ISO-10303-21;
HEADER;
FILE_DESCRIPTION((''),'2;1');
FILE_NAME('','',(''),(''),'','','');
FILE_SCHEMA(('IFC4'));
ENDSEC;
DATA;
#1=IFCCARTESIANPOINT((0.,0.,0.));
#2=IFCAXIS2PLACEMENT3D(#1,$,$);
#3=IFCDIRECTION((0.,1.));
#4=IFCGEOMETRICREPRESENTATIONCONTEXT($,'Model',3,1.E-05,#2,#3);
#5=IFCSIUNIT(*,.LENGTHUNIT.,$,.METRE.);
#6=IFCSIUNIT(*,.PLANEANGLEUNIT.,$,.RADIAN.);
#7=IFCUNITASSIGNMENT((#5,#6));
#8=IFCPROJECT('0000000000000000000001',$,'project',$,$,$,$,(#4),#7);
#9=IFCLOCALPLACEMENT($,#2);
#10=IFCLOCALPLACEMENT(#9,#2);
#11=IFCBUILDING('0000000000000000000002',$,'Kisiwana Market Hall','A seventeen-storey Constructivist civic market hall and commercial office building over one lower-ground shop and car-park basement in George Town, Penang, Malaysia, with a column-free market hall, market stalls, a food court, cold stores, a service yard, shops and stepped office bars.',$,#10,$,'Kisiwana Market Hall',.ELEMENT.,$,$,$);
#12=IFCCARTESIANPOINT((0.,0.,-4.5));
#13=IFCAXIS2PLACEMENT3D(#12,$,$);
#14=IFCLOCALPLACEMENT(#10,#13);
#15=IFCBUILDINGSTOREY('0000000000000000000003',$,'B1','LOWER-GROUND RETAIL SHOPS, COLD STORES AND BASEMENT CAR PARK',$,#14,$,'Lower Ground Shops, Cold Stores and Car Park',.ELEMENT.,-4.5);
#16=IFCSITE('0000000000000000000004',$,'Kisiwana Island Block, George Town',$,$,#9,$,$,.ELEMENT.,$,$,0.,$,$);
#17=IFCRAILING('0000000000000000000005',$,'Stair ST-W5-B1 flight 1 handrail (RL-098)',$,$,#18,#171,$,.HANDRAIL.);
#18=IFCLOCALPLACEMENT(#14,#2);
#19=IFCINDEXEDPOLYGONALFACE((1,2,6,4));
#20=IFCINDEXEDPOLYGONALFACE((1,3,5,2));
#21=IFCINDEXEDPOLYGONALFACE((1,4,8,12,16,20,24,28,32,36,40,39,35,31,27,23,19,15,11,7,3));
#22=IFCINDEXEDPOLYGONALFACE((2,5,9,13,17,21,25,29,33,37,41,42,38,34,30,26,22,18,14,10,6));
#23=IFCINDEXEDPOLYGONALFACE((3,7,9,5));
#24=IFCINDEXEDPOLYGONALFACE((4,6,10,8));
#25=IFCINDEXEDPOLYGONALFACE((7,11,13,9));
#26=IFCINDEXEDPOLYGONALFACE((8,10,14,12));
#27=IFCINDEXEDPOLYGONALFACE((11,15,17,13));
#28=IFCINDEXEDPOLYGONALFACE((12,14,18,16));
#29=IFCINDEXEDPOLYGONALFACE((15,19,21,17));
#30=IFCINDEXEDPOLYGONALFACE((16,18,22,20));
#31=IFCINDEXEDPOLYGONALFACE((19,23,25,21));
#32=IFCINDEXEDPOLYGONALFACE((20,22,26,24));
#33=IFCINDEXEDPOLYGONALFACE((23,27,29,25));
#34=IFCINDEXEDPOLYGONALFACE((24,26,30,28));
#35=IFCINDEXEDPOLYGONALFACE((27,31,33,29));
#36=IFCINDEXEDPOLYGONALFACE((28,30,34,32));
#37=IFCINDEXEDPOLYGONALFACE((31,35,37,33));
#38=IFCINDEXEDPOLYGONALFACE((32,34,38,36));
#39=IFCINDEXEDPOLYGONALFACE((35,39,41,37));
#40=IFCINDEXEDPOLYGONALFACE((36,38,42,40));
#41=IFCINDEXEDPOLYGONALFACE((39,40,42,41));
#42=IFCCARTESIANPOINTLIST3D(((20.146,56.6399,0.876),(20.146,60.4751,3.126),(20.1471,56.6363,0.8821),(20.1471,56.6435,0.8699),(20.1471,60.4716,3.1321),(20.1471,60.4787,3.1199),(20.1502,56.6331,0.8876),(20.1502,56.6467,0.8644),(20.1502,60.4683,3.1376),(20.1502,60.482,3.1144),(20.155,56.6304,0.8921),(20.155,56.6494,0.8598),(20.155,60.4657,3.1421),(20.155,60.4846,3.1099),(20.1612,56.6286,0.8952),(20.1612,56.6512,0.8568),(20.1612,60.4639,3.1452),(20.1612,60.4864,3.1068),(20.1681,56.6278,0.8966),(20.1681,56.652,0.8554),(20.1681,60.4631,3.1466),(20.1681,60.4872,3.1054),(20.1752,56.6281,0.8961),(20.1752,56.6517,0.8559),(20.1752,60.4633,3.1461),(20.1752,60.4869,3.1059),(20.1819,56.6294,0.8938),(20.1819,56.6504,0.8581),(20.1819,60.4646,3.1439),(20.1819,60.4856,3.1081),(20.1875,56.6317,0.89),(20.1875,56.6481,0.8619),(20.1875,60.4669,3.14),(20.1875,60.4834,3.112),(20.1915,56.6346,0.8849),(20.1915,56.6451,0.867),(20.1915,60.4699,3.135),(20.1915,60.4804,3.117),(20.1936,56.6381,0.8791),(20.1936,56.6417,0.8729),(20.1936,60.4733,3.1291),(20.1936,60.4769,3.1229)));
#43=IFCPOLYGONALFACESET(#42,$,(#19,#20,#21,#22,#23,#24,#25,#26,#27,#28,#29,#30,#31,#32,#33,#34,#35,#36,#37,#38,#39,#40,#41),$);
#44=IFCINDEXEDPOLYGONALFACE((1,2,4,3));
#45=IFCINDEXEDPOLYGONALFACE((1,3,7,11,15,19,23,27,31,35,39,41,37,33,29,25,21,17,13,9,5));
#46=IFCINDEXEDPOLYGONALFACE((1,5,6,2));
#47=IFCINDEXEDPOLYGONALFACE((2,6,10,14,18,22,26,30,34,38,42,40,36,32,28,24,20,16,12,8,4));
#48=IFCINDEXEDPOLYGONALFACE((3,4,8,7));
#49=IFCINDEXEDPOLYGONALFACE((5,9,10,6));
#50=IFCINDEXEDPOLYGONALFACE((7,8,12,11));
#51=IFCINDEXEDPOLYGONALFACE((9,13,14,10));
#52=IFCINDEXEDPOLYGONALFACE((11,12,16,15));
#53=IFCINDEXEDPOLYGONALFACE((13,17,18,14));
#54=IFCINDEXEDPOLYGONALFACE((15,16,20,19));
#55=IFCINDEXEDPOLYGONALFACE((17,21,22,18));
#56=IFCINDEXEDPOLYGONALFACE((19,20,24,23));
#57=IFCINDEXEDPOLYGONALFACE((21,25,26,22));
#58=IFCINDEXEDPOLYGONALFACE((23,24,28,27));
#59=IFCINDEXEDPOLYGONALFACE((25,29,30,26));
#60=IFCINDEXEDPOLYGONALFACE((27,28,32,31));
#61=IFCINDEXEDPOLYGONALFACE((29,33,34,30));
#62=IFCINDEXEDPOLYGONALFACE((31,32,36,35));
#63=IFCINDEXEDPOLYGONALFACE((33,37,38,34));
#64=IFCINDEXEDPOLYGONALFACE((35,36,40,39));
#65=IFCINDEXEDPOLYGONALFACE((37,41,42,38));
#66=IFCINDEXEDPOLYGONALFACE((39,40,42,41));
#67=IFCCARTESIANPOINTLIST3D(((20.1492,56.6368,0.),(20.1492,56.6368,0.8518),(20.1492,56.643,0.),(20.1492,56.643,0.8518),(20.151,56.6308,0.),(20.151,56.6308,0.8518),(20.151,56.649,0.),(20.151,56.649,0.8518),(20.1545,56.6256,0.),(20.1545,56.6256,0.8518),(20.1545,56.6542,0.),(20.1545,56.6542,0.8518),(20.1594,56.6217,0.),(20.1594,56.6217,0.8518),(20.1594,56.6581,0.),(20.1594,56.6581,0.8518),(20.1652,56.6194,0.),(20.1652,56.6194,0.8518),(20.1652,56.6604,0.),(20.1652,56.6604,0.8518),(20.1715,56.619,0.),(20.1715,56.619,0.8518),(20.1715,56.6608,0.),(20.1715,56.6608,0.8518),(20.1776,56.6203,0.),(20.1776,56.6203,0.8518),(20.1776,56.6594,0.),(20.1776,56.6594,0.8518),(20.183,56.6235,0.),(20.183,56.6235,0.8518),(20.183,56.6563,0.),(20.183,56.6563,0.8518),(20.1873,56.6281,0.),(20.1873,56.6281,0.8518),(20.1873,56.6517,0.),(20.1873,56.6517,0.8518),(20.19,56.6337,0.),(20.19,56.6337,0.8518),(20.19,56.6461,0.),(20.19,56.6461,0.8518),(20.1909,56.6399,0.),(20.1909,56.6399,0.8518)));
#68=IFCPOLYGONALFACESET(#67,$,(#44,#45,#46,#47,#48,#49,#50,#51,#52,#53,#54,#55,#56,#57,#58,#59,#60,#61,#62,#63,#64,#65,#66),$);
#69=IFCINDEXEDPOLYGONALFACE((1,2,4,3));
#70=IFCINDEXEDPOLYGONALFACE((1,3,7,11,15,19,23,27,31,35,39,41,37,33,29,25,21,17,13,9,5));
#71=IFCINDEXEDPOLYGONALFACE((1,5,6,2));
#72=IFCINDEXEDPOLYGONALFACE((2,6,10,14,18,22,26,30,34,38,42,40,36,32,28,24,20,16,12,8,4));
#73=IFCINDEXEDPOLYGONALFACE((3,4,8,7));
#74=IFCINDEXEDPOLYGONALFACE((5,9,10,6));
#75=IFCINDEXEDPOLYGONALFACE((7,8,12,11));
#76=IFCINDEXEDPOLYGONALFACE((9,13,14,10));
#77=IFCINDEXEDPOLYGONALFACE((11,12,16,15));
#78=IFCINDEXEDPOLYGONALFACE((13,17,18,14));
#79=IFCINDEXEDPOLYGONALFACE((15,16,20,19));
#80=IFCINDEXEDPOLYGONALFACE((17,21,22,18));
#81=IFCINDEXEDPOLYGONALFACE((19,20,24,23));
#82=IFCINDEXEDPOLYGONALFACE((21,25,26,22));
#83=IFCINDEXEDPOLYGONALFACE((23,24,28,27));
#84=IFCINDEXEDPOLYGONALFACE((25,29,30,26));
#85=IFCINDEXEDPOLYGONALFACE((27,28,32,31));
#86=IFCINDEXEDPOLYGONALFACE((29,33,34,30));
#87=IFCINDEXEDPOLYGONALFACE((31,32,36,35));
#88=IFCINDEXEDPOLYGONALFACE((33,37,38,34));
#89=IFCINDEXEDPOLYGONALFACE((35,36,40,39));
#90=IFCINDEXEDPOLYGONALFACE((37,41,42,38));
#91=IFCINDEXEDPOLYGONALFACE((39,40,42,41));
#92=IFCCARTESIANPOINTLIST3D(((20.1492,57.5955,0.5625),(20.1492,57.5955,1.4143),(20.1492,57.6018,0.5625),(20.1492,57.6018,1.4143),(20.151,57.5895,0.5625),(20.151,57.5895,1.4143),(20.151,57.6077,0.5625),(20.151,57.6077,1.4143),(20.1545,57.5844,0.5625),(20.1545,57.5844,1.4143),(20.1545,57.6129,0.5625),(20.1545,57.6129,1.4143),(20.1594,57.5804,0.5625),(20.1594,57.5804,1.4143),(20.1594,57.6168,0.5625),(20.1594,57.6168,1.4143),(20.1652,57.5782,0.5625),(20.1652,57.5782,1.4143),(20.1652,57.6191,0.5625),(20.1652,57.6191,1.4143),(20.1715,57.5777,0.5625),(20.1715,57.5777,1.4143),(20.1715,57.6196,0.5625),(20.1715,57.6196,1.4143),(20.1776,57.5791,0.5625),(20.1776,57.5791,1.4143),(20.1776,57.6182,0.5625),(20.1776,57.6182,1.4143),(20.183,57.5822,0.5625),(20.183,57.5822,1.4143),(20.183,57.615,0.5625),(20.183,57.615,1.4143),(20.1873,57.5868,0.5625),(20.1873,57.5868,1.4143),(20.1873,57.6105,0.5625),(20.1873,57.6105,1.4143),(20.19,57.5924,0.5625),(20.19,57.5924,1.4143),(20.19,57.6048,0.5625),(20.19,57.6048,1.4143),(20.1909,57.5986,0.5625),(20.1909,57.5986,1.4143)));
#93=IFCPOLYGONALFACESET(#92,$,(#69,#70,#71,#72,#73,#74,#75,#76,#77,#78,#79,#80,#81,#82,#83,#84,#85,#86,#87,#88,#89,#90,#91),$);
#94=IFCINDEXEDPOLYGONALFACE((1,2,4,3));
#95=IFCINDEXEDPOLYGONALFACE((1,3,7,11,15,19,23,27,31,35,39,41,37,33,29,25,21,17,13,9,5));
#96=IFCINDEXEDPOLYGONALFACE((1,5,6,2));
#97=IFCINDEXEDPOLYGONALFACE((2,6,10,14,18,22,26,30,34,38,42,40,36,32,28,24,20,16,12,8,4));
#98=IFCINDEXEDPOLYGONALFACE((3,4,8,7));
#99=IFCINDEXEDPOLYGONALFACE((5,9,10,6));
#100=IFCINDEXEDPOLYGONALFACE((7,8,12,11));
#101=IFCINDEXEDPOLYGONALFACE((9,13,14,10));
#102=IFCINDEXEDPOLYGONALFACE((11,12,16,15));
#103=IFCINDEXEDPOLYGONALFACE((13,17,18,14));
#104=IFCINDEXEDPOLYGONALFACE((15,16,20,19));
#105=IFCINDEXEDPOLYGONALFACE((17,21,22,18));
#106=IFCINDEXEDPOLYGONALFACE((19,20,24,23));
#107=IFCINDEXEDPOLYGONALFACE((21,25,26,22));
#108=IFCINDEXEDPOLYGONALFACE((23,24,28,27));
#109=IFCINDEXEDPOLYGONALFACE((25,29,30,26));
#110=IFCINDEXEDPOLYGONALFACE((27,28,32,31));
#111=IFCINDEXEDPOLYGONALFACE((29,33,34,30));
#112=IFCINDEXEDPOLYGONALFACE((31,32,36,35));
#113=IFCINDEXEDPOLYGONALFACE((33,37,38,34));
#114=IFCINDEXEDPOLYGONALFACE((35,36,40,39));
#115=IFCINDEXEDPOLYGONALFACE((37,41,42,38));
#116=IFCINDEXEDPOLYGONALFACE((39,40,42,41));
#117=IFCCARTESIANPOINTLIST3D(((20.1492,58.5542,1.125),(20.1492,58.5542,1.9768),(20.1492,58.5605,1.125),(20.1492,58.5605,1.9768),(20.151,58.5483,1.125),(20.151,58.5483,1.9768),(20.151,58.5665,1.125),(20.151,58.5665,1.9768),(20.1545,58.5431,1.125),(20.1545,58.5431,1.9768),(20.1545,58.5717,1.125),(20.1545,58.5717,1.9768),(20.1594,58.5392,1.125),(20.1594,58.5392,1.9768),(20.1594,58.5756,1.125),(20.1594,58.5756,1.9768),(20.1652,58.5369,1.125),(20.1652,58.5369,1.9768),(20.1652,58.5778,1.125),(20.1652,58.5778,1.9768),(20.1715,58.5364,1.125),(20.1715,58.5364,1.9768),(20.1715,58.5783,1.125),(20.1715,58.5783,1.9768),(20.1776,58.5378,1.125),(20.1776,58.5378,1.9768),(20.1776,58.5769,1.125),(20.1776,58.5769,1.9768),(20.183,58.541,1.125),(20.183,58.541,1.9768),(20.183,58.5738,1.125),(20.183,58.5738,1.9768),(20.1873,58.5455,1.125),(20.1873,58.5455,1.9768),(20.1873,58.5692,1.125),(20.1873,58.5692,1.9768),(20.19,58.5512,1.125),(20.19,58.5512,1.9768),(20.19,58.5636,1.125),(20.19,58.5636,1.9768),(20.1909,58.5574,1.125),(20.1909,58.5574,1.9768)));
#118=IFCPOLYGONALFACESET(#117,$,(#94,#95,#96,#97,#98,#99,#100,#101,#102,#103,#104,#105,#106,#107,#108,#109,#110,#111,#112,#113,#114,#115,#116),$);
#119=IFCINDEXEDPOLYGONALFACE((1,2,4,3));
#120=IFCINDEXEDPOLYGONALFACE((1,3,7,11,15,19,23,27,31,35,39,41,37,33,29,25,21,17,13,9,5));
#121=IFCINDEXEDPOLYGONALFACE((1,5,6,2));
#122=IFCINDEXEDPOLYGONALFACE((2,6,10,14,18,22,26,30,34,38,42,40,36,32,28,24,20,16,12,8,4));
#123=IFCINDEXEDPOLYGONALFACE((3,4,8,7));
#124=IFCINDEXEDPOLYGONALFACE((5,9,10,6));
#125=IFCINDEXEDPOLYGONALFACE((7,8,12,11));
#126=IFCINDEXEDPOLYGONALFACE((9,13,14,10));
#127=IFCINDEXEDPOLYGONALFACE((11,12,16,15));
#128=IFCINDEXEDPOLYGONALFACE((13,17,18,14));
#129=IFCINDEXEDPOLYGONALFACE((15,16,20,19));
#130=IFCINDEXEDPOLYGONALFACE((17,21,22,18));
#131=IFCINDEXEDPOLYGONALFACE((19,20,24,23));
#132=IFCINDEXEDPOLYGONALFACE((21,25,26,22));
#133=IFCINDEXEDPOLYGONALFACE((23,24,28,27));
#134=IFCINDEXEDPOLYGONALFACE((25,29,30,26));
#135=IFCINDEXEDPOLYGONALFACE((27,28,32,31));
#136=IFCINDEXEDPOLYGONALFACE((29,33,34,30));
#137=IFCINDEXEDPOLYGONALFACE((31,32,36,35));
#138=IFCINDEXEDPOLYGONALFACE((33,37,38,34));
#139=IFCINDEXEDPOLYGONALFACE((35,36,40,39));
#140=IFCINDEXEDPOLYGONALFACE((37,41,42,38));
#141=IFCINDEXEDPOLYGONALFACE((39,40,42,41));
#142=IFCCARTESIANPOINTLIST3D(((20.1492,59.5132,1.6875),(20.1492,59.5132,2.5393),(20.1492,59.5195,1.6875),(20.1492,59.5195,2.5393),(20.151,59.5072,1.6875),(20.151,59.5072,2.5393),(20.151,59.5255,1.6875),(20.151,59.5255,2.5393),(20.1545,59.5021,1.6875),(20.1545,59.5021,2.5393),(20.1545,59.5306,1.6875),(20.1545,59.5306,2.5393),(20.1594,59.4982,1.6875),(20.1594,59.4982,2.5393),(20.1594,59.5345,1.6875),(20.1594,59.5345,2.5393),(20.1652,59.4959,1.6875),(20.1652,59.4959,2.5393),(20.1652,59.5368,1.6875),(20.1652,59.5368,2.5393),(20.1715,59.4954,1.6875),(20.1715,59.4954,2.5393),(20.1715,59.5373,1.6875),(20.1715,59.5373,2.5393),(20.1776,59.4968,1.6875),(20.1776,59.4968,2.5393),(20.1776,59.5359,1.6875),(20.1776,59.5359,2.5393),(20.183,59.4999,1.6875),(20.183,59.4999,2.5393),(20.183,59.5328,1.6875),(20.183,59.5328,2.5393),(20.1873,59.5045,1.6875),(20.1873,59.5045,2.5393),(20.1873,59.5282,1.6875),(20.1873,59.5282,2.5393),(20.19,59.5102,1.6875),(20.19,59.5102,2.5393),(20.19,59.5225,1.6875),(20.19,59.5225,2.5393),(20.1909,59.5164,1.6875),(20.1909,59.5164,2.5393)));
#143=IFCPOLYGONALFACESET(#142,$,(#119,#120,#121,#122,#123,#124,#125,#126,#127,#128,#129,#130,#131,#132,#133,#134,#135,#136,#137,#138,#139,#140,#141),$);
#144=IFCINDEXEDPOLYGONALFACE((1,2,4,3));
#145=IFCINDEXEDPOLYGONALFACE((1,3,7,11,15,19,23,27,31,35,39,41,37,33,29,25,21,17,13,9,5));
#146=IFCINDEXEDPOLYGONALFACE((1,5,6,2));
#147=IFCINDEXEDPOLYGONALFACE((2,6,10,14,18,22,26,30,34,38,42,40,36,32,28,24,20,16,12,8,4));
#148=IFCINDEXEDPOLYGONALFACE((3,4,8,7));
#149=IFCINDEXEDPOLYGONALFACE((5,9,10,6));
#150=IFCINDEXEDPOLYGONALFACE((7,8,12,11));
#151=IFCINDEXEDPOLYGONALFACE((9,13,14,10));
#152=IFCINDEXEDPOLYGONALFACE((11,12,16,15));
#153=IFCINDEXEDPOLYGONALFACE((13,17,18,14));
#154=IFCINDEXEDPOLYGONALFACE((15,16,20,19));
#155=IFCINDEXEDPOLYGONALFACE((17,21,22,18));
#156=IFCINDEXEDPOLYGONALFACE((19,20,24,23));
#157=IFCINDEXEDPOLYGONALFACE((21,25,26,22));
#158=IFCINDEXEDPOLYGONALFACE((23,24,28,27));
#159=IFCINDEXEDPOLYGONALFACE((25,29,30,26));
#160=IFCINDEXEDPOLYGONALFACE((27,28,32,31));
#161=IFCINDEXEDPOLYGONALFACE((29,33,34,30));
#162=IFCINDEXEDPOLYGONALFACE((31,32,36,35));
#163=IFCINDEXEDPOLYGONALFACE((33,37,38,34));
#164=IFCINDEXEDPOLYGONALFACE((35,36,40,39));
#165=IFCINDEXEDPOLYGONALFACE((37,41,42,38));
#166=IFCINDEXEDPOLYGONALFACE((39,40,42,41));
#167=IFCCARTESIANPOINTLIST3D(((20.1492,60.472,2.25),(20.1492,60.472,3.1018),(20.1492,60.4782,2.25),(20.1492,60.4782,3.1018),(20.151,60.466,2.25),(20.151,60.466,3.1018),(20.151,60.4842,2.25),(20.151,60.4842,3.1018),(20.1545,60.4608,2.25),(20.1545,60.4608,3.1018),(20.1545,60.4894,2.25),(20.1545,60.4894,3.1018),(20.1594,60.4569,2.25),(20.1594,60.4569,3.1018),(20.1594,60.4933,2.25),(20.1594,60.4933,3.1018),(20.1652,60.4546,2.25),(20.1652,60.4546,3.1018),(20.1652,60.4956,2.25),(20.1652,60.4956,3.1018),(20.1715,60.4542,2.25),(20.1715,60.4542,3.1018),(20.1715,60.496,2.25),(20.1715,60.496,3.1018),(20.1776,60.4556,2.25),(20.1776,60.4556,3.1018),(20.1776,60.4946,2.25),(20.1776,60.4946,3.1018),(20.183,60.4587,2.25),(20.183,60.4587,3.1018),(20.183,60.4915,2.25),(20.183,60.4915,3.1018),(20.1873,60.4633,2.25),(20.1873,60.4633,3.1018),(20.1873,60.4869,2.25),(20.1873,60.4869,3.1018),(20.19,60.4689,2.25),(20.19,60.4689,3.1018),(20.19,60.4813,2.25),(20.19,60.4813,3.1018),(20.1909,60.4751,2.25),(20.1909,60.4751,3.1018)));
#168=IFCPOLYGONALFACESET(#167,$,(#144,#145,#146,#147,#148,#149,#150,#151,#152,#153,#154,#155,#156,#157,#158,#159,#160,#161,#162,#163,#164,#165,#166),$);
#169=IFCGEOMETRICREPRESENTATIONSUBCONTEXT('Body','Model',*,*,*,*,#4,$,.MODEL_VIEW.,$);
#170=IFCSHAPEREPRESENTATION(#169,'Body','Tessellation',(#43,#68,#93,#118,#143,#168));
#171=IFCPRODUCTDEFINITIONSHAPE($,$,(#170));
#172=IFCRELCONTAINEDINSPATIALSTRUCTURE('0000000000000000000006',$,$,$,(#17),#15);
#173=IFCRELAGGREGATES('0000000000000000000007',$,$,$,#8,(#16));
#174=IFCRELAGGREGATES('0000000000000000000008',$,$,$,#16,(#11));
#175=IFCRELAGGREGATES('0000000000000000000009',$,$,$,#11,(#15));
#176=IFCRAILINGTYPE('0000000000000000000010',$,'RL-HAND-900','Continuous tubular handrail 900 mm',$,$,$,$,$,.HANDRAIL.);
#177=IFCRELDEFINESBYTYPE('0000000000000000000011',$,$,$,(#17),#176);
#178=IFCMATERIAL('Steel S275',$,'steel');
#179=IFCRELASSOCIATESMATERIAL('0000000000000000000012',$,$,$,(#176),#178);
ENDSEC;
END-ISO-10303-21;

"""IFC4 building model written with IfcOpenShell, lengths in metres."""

from ifc_helpers import new_model, si_unit, direction, frame, origin, origin_2d, place, context, subcontext, project, spatial, circle, extrude, material, type_object, element, save


model = new_model("IFC4")

# Units and contexts
model_context = context("Model", 3, precision=1e-05, world=origin(), true_north=direction((0.0, 1.0)))
body_context = subcontext(model_context, "Body", "Model", "MODEL_VIEW")
ifc_project = project(units=[si_unit("LENGTHUNIT", "METRE"), si_unit("PLANEANGLEUNIT", "RADIAN")], contexts=[model_context])

# Site, building, storey
site_placement = place(None, origin())
site = spatial("IfcSite", under=ifc_project, at=site_placement, Name="Kisiwana Island Block, George Town", CompositionType="ELEMENT", RefElevation=0.0)
building_placement = place(site_placement, origin())
building = spatial("IfcBuilding", under=site, at=building_placement, Name="Kisiwana Market Hall", Description="A seventeen-storey Constructivist civic market hall and commercial office building over one lower-ground shop and car-park basement in George Town, Penang, Malaysia, with a column-free market hall, market stalls, a food court, cold stores, a service yard, shops and stepped office bars.", LongName="Kisiwana Market Hall", CompositionType="ELEMENT")
storey_placement = place(building_placement, frame((0.0, 0.0, -4.5)))
storey = spatial("IfcBuildingStorey", under=building, at=storey_placement, Name="B1", Description="LOWER-GROUND RETAIL SHOPS, COLD STORES AND BASEMENT CAR PARK", LongName="Lower Ground Shops, Cold Stores and Car Park", CompositionType="ELEMENT", Elevation=-4.5)

# Railing
ifc_material_1 = material(Name="Steel S275", Category="steel")
railing_type = type_object("IfcRailingType", Name="RL-HAND-900", Description="Continuous tubular handrail 900 mm", PredefinedType="HANDRAIL", material=ifc_material_1)
for number, where, name in (
    (1, (20.1699, 56.6399, 0.0), "Stair ST-W5-B1 flight 1 handrail (RL-098)"),
):
    element("IfcRailing", number, at=place(storey_placement, frame(where)), inside=storey, type_object=railing_type, Name=name, PredefinedType="HANDRAIL", context=body_context, shape_type="SweptSolid", body=[
        extrude(circle(Radius=0.0239, at=origin_2d()), frame((0.0, 0.0, 0.876), z_axis=(0.0, 0.862524, 0.506017), x_axis=(-1.0, 0.0, 0.0)), (0.0, 0.0, 1.0), 4.4465),
        extrude(circle(Radius=0.021, at=origin_2d()), origin(), (0.0, 0.0, 1.0), 0.8518),
        extrude(circle(Radius=0.021, at=origin_2d()), frame((0.0, 0.9587, 0.5625)), (0.0, 0.0, 1.0), 0.8518),
        extrude(circle(Radius=0.021, at=origin_2d()), frame((0.0, 1.9175, 1.125)), (0.0, 0.0, 1.0), 0.8518),
        extrude(circle(Radius=0.021, at=origin_2d()), frame((0.0, 2.8765, 1.6875)), (0.0, 0.0, 1.0), 0.8518),
        extrude(circle(Radius=0.021, at=origin_2d()), frame((0.0, 3.8352, 2.25)), (0.0, 0.0, 1.0), 0.8518),
    ])

save(model, "model.ifc")
